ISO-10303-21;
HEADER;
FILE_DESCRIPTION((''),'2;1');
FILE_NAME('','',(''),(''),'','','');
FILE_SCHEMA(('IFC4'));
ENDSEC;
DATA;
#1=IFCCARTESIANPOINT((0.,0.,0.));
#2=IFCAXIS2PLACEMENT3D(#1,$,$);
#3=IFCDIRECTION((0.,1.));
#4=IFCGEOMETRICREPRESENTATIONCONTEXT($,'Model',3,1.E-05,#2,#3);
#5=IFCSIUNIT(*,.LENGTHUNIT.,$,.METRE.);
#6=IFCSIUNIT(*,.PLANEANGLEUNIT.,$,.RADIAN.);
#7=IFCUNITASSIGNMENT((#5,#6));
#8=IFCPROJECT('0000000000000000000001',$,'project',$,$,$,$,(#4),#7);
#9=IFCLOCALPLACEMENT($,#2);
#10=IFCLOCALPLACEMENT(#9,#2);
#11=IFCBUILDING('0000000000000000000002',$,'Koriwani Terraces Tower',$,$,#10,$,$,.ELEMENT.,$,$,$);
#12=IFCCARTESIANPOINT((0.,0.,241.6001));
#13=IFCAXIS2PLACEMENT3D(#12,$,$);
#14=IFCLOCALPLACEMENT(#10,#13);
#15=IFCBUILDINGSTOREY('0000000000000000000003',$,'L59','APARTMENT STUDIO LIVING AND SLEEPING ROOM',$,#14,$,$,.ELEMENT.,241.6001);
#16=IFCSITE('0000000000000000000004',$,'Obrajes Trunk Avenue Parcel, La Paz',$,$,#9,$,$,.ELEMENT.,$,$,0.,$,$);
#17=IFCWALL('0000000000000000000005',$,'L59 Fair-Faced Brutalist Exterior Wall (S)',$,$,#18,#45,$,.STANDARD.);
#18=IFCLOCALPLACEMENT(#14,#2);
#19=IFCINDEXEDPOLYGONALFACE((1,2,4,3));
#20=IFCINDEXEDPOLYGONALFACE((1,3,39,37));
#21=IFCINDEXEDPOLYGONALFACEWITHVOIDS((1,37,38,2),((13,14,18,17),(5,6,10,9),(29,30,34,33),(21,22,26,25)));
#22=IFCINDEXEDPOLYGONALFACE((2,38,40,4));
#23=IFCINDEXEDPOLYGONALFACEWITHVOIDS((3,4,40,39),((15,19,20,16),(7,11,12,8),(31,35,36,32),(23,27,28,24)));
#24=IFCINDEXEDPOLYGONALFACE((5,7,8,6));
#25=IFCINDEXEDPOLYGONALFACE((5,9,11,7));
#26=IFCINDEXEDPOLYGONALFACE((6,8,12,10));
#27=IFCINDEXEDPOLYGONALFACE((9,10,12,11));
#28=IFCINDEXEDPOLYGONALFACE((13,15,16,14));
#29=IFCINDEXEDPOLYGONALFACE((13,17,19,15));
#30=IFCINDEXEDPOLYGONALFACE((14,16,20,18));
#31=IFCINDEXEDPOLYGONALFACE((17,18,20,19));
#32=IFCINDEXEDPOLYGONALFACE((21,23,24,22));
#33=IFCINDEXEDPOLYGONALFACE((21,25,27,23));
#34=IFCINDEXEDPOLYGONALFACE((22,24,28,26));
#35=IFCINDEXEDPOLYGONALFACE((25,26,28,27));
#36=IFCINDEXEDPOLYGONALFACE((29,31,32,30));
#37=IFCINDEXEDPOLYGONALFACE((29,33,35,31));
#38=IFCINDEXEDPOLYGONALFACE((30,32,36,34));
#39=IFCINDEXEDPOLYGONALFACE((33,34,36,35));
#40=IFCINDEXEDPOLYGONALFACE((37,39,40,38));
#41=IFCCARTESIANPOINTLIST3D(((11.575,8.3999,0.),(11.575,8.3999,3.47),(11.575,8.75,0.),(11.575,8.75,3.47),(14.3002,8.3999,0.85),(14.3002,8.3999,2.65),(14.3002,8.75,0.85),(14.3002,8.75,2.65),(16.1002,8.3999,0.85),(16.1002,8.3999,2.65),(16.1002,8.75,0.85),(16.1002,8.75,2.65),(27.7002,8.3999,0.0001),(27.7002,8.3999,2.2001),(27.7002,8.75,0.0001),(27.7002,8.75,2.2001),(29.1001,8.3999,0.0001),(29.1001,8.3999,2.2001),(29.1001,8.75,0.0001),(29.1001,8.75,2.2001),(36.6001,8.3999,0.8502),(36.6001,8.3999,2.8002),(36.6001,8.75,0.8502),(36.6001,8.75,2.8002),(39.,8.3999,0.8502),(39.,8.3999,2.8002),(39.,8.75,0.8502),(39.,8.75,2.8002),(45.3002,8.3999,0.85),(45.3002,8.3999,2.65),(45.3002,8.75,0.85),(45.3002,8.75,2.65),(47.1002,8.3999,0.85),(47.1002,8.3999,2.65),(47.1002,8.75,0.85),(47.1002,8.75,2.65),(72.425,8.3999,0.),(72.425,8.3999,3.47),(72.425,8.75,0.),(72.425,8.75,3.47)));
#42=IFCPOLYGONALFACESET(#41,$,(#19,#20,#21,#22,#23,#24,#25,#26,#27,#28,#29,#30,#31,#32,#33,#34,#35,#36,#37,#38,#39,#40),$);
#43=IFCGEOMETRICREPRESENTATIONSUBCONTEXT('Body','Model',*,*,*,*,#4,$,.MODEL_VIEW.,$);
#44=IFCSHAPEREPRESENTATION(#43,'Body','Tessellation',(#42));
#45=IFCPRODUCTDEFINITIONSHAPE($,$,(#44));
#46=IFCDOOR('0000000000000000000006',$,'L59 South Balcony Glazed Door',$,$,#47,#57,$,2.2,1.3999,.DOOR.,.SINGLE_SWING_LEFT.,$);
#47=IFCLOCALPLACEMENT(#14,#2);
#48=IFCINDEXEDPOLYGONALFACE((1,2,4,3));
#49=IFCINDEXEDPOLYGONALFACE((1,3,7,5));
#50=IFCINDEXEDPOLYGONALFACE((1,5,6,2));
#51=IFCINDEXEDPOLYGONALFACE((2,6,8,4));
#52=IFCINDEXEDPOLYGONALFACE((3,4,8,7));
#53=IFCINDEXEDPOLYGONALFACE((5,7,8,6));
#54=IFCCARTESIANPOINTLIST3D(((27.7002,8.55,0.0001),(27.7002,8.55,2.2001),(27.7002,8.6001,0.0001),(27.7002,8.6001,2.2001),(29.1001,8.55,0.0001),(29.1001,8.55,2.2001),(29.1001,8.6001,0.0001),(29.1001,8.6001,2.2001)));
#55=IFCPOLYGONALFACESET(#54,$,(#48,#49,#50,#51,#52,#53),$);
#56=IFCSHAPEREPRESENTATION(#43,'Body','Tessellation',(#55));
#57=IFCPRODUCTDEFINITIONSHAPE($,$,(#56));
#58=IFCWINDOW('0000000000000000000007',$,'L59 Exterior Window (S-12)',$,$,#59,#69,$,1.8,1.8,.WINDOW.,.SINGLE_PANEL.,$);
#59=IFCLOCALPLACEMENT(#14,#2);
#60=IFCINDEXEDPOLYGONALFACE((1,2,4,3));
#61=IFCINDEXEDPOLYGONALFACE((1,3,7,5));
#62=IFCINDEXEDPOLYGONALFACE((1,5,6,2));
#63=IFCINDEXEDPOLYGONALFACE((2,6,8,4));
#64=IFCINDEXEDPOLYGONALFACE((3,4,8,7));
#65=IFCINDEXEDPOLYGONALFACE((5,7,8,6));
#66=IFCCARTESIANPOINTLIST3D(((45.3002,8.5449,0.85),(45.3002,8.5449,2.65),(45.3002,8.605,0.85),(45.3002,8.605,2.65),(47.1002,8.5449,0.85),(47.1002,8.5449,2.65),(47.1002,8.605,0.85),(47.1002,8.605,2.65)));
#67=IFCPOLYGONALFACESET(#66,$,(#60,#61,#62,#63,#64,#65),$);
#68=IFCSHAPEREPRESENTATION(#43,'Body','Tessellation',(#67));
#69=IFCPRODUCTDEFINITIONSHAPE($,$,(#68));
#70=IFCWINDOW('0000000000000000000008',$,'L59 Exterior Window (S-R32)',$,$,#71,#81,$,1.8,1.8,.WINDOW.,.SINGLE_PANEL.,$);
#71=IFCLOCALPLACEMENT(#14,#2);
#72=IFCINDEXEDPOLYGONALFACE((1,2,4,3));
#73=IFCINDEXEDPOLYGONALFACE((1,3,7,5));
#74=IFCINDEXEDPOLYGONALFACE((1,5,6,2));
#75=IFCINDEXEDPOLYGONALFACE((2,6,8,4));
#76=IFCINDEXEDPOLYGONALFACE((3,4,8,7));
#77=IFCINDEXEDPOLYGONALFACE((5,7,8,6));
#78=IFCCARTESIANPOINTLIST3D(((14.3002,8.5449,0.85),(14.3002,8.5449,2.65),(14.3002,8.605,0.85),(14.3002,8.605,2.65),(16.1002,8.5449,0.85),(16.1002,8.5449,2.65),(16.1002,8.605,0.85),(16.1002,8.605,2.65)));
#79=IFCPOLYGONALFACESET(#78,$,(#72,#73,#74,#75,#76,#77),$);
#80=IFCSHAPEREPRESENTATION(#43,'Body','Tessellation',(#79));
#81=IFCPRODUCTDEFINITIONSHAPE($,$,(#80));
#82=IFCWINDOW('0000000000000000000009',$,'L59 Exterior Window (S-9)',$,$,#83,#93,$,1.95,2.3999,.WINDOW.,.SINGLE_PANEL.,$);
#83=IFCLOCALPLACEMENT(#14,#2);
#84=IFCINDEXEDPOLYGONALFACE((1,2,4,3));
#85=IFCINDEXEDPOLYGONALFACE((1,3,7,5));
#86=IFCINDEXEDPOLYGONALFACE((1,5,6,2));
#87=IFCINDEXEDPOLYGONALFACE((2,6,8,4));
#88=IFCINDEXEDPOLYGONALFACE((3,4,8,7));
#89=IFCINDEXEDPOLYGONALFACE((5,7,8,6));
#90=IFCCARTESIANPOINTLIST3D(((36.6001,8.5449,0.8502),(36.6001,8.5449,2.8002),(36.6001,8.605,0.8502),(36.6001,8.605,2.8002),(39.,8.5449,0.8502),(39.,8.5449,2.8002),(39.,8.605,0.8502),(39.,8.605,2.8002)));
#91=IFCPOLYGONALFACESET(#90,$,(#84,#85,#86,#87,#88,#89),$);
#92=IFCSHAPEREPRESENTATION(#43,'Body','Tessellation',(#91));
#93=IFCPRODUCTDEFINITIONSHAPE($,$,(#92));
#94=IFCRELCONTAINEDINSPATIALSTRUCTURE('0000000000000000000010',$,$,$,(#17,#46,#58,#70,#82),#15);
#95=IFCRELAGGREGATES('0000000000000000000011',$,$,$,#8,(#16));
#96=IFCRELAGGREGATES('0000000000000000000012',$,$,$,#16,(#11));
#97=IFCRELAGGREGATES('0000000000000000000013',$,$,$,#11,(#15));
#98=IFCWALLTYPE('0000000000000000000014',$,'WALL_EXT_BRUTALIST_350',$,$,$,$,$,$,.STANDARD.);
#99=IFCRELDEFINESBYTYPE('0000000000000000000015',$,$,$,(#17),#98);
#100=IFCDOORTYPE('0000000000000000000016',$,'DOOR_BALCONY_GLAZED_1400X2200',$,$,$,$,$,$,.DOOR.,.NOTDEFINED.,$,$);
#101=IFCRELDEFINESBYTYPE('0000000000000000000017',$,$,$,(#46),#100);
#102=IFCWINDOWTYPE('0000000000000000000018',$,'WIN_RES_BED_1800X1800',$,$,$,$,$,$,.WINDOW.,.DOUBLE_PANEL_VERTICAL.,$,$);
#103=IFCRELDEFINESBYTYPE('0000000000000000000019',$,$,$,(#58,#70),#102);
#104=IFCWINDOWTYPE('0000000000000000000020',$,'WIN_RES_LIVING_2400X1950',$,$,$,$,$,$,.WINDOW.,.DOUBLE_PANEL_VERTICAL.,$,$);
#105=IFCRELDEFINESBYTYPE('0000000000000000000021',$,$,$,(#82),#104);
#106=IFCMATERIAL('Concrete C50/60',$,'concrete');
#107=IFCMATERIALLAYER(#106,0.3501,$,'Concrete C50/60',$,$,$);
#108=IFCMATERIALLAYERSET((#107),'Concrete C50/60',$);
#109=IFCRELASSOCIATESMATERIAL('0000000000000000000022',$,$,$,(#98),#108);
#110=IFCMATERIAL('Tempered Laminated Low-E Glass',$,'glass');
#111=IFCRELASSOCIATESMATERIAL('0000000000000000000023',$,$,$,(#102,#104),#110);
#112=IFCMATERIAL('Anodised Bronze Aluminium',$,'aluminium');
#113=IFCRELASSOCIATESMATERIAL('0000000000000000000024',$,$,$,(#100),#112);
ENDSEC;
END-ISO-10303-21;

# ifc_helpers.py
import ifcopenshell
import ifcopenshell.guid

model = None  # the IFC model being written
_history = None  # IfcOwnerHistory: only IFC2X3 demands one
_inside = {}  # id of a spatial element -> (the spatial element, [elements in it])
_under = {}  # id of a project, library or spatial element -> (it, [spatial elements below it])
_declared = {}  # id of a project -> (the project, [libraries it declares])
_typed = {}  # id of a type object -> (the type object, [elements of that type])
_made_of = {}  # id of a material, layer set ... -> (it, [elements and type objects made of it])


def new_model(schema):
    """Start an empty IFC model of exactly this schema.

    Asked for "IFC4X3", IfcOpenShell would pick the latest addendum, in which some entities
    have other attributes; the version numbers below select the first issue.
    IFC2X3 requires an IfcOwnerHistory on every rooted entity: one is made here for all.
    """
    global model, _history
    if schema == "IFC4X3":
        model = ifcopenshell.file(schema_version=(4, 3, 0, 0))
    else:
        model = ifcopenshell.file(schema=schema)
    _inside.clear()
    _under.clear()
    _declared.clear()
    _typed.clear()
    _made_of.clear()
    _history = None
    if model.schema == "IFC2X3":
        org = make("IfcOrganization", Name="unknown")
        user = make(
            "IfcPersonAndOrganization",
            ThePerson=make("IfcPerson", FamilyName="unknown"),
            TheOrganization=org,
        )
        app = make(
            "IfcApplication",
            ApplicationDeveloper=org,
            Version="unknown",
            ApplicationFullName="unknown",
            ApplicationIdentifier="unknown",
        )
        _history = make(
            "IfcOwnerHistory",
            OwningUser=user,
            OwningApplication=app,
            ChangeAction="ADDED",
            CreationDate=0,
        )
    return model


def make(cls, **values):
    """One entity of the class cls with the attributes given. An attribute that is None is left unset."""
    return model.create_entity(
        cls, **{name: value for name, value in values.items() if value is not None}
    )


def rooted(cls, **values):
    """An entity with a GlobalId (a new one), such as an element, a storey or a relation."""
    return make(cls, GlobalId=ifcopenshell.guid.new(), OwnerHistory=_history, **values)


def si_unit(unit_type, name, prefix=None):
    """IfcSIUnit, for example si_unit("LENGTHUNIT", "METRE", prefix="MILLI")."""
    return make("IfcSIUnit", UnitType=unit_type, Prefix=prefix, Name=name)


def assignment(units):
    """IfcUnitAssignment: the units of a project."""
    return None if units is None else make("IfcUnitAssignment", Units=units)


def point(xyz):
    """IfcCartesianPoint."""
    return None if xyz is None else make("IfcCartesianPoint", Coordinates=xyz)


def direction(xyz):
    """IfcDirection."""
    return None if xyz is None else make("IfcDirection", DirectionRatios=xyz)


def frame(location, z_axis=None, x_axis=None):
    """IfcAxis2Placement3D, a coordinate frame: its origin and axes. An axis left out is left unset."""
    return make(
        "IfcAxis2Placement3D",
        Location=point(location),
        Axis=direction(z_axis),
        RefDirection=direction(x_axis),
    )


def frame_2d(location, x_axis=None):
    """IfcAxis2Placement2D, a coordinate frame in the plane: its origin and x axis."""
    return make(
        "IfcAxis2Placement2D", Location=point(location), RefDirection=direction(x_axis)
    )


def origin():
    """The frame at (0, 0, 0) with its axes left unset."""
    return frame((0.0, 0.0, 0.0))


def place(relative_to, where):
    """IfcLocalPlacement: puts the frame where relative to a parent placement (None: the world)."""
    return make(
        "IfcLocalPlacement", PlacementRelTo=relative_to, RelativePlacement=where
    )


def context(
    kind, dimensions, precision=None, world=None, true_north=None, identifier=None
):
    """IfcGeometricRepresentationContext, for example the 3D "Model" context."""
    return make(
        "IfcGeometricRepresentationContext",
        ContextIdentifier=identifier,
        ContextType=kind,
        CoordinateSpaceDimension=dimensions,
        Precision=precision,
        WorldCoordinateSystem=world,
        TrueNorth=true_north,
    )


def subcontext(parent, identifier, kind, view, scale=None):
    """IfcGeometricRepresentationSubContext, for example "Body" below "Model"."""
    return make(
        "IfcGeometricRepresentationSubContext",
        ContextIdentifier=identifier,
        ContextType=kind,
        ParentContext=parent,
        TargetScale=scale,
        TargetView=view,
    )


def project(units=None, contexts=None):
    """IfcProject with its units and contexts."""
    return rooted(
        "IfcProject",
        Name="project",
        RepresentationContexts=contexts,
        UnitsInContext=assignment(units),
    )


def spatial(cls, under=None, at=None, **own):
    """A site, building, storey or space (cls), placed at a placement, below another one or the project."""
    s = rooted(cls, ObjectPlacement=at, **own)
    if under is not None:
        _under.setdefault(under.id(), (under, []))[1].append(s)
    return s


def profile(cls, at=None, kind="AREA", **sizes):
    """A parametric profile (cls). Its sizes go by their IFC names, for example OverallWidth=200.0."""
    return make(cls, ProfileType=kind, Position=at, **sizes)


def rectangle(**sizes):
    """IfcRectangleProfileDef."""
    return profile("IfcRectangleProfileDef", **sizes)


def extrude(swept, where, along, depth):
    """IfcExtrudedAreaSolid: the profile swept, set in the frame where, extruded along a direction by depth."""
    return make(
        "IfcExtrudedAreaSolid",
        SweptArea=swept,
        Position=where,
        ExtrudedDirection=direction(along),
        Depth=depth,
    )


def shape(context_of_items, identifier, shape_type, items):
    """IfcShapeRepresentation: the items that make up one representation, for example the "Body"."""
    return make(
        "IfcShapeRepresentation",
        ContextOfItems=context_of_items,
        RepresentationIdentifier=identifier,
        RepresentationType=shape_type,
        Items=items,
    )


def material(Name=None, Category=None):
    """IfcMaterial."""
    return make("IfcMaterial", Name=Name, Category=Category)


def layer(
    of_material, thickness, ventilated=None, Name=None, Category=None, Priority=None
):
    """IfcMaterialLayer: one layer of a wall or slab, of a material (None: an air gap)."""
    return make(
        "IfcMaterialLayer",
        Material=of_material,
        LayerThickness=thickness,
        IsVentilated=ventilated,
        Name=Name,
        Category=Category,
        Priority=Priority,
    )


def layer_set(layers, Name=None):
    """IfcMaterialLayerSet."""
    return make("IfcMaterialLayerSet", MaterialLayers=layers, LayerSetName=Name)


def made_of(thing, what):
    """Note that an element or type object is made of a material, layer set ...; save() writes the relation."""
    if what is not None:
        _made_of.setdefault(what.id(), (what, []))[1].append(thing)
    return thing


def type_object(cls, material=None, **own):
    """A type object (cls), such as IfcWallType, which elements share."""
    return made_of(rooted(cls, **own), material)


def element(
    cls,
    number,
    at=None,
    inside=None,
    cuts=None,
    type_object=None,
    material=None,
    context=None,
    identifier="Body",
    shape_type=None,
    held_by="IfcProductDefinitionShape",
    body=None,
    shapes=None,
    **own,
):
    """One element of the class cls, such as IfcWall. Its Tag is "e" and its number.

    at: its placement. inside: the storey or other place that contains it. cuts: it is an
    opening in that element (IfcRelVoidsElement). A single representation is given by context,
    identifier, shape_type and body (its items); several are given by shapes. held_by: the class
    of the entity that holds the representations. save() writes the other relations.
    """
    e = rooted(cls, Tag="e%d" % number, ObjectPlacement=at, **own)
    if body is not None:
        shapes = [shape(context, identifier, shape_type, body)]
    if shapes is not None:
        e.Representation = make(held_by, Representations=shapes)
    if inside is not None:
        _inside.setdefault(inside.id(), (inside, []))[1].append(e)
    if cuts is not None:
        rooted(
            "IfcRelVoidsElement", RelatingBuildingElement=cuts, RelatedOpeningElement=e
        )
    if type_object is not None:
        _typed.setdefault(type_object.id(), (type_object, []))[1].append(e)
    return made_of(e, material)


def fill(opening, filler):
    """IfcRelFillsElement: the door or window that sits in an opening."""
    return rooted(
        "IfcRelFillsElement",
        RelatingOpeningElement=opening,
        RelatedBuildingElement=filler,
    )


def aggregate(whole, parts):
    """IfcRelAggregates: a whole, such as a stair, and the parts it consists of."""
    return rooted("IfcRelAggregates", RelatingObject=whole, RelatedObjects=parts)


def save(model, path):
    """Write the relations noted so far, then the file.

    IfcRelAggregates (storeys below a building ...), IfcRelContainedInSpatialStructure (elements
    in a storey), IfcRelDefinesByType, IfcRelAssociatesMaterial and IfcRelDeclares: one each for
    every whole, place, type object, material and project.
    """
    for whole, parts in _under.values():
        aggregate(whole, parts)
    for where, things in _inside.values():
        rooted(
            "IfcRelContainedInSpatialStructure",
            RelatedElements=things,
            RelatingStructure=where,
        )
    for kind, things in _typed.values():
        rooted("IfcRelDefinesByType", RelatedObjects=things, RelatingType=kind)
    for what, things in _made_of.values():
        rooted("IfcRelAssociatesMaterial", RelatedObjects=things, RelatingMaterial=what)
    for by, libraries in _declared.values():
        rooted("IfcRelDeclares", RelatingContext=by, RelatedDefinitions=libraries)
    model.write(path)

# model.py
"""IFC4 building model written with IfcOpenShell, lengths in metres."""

from ifc_helpers import new_model, si_unit, direction, frame, frame_2d, origin, place, context, subcontext, project, spatial, rectangle, extrude, material, layer, layer_set, type_object, element, fill, save


model = new_model("IFC4")

# Units and contexts
model_context = context("Model", 3, precision=1e-05, world=origin(), true_north=direction((0.0, 1.0)))
body_context = subcontext(model_context, "Body", "Model", "MODEL_VIEW")
ifc_project = project(units=[si_unit("LENGTHUNIT", "METRE"), si_unit("PLANEANGLEUNIT", "RADIAN")], contexts=[model_context])

# Site, building, storey
site_placement = place(None, origin())
site = spatial("IfcSite", under=ifc_project, at=site_placement, Name="Obrajes Trunk Avenue Parcel, La Paz", CompositionType="ELEMENT", RefElevation=0.0)
building_placement = place(site_placement, origin())
building = spatial("IfcBuilding", under=site, at=building_placement, Name="Koriwani Terraces Tower", CompositionType="ELEMENT")
storey_placement = place(building_placement, frame((0.0, 0.0, 241.6001)))
storey = spatial("IfcBuildingStorey", under=building, at=storey_placement, Name="L59", Description="APARTMENT STUDIO LIVING AND SLEEPING ROOM", CompositionType="ELEMENT", Elevation=241.6001)

# Shared definitions
ifc_material_1 = material(Name="Concrete C50/60", Category="concrete")

# Shared definitions
ifc_layer = layer(ifc_material_1, 0.3501, Name="Concrete C50/60")
ifc_layer_set = layer_set([ifc_layer], Name="Concrete C50/60")
wall_type = type_object("IfcWallType", Name="WALL_EXT_BRUTALIST_350", PredefinedType="STANDARD", material=ifc_layer_set)
ifc_material_2 = material(Name="Tempered Laminated Low-E Glass", Category="glass")
window_type_1 = type_object("IfcWindowType", Name="WIN_RES_BED_1800X1800", PartitioningType="DOUBLE_PANEL_VERTICAL", PredefinedType="WINDOW", material=ifc_material_2)

# Wall, openings, door, windows
wall_1_placement = place(storey_placement, frame((72.425, 8.575, 0.0), z_axis=(0.0, 0.0, 1.0), x_axis=(-1.0, 0.0, 0.0)))
wall_1 = element("IfcWall", 1, at=wall_1_placement, inside=storey, type_object=wall_type, Name="L59 Fair-Faced Brutalist Exterior Wall (S)", PredefinedType="STANDARD", context=body_context, shape_type="SweptSolid", body=[
    extrude(rectangle(XDim=60.8501, YDim=0.3501, at=frame_2d((30.425, 0.0))), origin(), (0.0, 0.0, 1.0), 3.47),
])
opening_1_placement = place(wall_1_placement, frame((43.325, 0.0, 0.0)))
opening_1 = element("IfcOpeningElement", 2, at=opening_1_placement, cuts=wall_1, PredefinedType="OPENING", context=body_context, shape_type="SweptSolid", body=[
    extrude(rectangle(XDim=1.3999, YDim=2.2, at=frame_2d((0.7, 1.1001))), frame((0.0, 0.1851, 0.0), z_axis=(0.0, -1.0, 0.0), x_axis=(1.0, 0.0, 0.0)), (0.0, 0.0, 1.0), 0.3701),
])
opening_2_placement = place(wall_1_placement, frame((33.425, 0.0, 0.8501)))
opening_2 = element("IfcOpeningElement", 3, at=opening_2_placement, cuts=wall_1, PredefinedType="OPENING", context=body_context, shape_type="SweptSolid", body=[
    extrude(rectangle(XDim=2.3999, YDim=1.95, at=frame_2d((1.2, 0.9751))), frame((0.0, 0.1851, 0.0), z_axis=(0.0, -1.0, 0.0), x_axis=(1.0, 0.0, 0.0)), (0.0, 0.0, 1.0), 0.3701),
])
opening_3_placement = place(wall_1_placement, frame((25.325, 0.0, 0.8501)))
opening_3 = element("IfcOpeningElement", 4, at=opening_3_placement, cuts=wall_1, PredefinedType="OPENING", context=body_context, shape_type="SweptSolid", body=[
    extrude(rectangle(XDim=1.8, YDim=1.8, at=frame_2d((0.8999, 0.8999))), frame((0.0, 0.1851, 0.0), z_axis=(0.0, -1.0, 0.0), x_axis=(1.0, 0.0, 0.0)), (0.0, 0.0, 1.0), 0.3701),
])
opening_4_placement = place(wall_1_placement, frame((56.325, 0.0, 0.8501)))
opening_4 = element("IfcOpeningElement", 5, at=opening_4_placement, cuts=wall_1, PredefinedType="OPENING", context=body_context, shape_type="SweptSolid", body=[
    extrude(rectangle(XDim=1.8, YDim=1.8, at=frame_2d((0.8999, 0.8999))), frame((0.0, 0.1851, 0.0), z_axis=(0.0, -1.0, 0.0), x_axis=(1.0, 0.0, 0.0)), (0.0, 0.0, 1.0), 0.3701),
])
ifc_material_3 = material(Name="Anodised Bronze Aluminium", Category="aluminium")
door_type = type_object("IfcDoorType", Name="DOOR_BALCONY_GLAZED_1400X2200", OperationType="NOTDEFINED", PredefinedType="DOOR", material=ifc_material_3)
door_placement = place(opening_1_placement, origin())
door = element("IfcDoor", 6, at=door_placement, inside=storey, type_object=door_type, Name="L59 South Balcony Glazed Door", OperationType="SINGLE_SWING_LEFT", OverallHeight=2.2, OverallWidth=1.3999, PredefinedType="DOOR", context=body_context, shape_type="SweptSolid", body=[
    extrude(rectangle(XDim=1.3999, YDim=2.2, at=frame_2d((0.7, 1.1001))), frame((0.0, 0.0249, 0.0), z_axis=(0.0, -1.0, 0.0), x_axis=(1.0, 0.0, 0.0)), (0.0, 0.0, 1.0), 0.05),
])
fill(opening_1, door)
window_1_placement = place(opening_3_placement, origin())
window_1 = element("IfcWindow", 7, at=window_1_placement, inside=storey, type_object=window_type_1, Name="L59 Exterior Window (S-12)", OverallHeight=1.8, OverallWidth=1.8, PartitioningType="SINGLE_PANEL", PredefinedType="WINDOW", context=body_context, shape_type="SweptSolid", body=[
    extrude(rectangle(XDim=1.8, YDim=1.8, at=frame_2d((0.8999, 0.8999))), frame((0.0, 0.03, 0.0), z_axis=(0.0, -1.0, 0.0), x_axis=(1.0, 0.0, 0.0)), (0.0, 0.0, 1.0), 0.0601),
])
fill(opening_3, window_1)
window_2_placement = place(opening_4_placement, origin())
window_2 = element("IfcWindow", 8, at=window_2_placement, inside=storey, type_object=window_type_1, Name="L59 Exterior Window (S-R32)", OverallHeight=1.8, OverallWidth=1.8, PartitioningType="SINGLE_PANEL", PredefinedType="WINDOW", context=body_context, shape_type="SweptSolid", body=[
    extrude(rectangle(XDim=1.8, YDim=1.8, at=frame_2d((0.8999, 0.8999))), frame((0.0, 0.03, 0.0), z_axis=(0.0, -1.0, 0.0), x_axis=(1.0, 0.0, 0.0)), (0.0, 0.0, 1.0), 0.0601),
])
fill(opening_4, window_2)
window_type_2 = type_object("IfcWindowType", Name="WIN_RES_LIVING_2400X1950", PartitioningType="DOUBLE_PANEL_VERTICAL", PredefinedType="WINDOW", material=ifc_material_2)
window_3_placement = place(opening_2_placement, origin())
window_3 = element("IfcWindow", 9, at=window_3_placement, inside=storey, type_object=window_type_2, Name="L59 Exterior Window (S-9)", OverallHeight=1.95, OverallWidth=2.3999, PartitioningType="SINGLE_PANEL", PredefinedType="WINDOW", context=body_context, shape_type="SweptSolid", body=[
    extrude(rectangle(XDim=2.3999, YDim=1.95, at=frame_2d((1.2, 0.9751))), frame((0.0, 0.03, 0.0), z_axis=(0.0, -1.0, 0.0), x_axis=(1.0, 0.0, 0.0)), (0.0, 0.0, 1.0), 0.0601),
])
fill(opening_2, window_3)

save(model, "model.ifc")
